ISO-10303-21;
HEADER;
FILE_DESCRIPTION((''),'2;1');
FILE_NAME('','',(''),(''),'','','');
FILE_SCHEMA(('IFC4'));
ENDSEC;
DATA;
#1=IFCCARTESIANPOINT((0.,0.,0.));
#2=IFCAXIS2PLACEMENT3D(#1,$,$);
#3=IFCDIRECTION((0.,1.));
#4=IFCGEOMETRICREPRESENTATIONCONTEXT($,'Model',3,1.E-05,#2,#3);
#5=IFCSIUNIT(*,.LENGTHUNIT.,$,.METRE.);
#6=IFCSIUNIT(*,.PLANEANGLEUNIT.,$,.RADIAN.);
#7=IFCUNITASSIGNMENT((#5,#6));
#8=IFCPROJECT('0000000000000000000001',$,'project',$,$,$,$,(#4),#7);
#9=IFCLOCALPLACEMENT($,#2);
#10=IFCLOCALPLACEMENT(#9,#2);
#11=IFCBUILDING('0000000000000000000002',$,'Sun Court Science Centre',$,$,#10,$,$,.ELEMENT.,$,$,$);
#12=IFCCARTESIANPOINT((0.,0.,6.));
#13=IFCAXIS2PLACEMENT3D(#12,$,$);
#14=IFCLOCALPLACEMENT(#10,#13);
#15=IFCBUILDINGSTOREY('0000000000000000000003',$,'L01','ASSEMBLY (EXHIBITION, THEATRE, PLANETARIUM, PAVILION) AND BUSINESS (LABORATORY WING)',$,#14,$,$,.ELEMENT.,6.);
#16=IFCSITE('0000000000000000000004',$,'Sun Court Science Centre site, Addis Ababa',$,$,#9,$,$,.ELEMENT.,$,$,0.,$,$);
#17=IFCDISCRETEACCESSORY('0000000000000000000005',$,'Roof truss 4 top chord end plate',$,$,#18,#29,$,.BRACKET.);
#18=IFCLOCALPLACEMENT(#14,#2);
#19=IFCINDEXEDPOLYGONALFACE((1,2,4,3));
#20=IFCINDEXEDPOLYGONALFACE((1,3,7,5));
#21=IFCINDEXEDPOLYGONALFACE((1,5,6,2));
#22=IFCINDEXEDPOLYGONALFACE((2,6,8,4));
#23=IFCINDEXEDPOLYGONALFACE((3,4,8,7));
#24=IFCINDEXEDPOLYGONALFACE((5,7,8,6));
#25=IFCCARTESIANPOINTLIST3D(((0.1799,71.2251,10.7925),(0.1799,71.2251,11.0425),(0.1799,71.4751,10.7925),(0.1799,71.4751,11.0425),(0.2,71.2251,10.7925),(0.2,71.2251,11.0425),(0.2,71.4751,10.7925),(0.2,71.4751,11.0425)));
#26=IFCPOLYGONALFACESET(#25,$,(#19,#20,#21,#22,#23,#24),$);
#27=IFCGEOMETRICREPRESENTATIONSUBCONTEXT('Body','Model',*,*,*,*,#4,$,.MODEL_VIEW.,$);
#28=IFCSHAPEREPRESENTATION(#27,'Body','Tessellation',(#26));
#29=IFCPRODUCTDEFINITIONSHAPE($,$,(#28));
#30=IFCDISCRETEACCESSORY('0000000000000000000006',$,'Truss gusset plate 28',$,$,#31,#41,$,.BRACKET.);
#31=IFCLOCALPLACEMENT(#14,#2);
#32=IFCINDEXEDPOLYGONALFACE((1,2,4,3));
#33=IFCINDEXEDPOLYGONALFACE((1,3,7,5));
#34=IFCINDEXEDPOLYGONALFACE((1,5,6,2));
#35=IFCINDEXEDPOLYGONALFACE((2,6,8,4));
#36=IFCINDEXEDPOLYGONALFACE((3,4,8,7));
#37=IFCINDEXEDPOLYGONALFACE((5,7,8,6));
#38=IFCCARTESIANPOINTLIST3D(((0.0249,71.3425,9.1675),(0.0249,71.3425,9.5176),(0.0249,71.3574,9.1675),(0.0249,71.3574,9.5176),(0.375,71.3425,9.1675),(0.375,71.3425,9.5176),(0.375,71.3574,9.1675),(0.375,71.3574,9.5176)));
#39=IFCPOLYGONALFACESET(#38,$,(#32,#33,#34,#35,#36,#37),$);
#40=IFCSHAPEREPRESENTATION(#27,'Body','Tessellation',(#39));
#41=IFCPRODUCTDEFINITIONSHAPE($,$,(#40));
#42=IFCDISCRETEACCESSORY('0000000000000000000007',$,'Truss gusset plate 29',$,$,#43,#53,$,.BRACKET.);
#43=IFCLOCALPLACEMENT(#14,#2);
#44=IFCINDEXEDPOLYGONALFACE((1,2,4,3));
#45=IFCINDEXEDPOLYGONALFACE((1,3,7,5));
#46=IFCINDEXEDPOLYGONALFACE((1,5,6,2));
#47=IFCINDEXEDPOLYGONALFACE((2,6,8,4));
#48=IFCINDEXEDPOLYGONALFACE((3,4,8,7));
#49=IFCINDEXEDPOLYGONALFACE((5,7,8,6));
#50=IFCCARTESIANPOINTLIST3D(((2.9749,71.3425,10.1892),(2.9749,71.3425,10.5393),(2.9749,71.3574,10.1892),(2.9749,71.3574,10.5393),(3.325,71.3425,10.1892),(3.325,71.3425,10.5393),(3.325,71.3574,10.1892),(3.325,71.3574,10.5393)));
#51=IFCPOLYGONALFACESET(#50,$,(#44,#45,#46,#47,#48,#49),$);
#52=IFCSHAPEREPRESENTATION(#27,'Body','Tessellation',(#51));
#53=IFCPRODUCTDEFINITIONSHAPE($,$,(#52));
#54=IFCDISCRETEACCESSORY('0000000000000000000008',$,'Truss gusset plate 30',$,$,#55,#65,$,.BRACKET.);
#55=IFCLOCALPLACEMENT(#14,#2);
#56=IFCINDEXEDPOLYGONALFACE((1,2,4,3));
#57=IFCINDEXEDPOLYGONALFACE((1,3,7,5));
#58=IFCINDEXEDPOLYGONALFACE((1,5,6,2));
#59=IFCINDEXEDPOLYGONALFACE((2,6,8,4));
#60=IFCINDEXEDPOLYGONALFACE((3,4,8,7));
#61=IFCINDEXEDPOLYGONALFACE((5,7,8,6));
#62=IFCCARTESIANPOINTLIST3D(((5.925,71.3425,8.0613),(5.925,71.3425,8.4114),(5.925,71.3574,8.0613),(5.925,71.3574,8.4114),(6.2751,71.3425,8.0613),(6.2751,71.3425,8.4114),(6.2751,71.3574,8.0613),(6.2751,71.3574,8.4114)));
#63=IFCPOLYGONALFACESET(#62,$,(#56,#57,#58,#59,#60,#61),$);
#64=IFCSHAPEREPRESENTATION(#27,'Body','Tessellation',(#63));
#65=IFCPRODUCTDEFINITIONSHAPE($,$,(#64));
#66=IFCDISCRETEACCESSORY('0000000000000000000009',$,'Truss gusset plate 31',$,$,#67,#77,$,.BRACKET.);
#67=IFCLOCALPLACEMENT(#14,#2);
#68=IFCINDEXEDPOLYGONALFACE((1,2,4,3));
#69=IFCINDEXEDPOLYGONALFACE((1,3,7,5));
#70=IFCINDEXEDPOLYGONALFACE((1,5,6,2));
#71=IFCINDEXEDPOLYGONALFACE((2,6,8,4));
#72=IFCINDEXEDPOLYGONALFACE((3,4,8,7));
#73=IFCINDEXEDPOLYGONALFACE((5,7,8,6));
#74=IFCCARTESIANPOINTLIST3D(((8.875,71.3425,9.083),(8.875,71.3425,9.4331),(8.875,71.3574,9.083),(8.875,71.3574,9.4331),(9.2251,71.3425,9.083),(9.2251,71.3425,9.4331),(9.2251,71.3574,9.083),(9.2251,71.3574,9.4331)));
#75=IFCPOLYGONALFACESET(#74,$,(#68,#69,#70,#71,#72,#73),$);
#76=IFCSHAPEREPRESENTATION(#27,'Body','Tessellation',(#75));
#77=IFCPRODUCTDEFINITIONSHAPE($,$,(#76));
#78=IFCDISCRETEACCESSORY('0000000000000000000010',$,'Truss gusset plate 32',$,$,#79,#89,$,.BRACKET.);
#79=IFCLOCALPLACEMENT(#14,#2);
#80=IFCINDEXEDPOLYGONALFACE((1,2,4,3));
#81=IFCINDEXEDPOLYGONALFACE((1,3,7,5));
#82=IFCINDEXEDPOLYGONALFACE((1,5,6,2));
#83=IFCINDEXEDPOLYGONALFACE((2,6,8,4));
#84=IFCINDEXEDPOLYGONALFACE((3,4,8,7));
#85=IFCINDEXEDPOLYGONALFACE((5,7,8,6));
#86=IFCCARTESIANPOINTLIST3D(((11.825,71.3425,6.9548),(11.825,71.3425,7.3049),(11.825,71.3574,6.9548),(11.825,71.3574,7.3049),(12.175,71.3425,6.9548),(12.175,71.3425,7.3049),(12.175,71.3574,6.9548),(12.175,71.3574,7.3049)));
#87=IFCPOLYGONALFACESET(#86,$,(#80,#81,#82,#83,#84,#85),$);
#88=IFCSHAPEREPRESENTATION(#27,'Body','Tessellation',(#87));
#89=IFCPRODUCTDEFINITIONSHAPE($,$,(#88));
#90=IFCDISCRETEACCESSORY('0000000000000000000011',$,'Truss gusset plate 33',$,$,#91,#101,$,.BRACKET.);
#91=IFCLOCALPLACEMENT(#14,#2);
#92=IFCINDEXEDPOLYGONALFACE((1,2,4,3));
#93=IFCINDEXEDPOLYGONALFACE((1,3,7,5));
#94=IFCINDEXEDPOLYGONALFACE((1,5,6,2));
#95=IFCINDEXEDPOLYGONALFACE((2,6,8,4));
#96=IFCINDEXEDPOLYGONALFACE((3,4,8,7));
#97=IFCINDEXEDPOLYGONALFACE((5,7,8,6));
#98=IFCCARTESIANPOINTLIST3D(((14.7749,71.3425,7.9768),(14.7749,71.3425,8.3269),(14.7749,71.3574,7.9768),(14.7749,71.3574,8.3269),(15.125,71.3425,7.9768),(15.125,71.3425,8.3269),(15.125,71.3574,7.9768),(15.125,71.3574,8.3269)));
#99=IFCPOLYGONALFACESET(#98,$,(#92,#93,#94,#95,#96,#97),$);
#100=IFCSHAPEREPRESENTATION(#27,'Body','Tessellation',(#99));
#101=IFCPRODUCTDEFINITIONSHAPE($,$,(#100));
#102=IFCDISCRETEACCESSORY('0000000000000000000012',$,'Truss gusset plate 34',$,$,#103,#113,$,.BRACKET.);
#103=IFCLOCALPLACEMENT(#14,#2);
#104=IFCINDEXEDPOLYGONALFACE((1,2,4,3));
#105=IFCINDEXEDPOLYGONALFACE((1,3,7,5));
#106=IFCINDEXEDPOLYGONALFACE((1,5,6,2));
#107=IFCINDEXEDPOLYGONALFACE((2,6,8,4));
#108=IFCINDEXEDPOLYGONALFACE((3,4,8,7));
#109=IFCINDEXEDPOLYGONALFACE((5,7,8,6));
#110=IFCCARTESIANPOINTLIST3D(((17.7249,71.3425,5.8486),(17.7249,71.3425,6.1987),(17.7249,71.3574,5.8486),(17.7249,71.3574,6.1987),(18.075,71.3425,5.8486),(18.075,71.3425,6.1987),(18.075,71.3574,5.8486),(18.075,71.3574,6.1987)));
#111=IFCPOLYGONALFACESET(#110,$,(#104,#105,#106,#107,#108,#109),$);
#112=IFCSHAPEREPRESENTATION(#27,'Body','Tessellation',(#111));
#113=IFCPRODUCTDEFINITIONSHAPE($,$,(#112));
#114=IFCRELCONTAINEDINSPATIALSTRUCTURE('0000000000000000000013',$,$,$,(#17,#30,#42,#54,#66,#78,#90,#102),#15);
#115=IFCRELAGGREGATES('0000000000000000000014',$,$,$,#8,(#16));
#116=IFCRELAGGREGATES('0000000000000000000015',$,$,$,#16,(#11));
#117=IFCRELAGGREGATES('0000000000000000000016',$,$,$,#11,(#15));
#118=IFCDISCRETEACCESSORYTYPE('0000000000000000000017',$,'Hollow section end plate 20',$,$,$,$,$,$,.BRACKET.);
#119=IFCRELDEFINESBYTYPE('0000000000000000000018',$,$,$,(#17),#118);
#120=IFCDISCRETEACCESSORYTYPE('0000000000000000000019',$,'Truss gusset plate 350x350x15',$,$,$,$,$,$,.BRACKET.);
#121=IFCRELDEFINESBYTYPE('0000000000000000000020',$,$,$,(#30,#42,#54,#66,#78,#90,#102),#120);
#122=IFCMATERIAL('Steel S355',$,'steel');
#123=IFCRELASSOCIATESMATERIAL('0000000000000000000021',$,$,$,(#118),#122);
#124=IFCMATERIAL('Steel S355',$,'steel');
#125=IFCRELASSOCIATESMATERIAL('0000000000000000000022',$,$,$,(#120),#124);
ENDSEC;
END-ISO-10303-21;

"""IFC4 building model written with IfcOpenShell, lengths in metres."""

from ifc_helpers import new_model, si_unit, direction, frame, origin, origin_2d, place, context, subcontext, project, spatial, rectangle, extrude, material, material_profile, profile_set, type_object, element, save


model = new_model("IFC4")

# Units and contexts
model_context = context("Model", 3, precision=1e-05, world=origin(), true_north=direction((0.0, 1.0)))
body_context = subcontext(model_context, "Body", "Model", "MODEL_VIEW")
ifc_project = project(units=[si_unit("LENGTHUNIT", "METRE"), si_unit("PLANEANGLEUNIT", "RADIAN")], contexts=[model_context])

# Site, building, storey
site_placement = place(None, origin())
site = spatial("IfcSite", under=ifc_project, at=site_placement, Name="Sun Court Science Centre site, Addis Ababa", CompositionType="ELEMENT", RefElevation=0.0)
building_placement = place(site_placement, origin())
building = spatial("IfcBuilding", under=site, at=building_placement, Name="Sun Court Science Centre", CompositionType="ELEMENT")
storey_placement = place(building_placement, frame((0.0, 0.0, 6.0)))
storey = spatial("IfcBuildingStorey", under=building, at=storey_placement, Name="L01", Description="ASSEMBLY (EXHIBITION, THEATRE, PLANETARIUM, PAVILION) AND BUSINESS (LABORATORY WING)", CompositionType="ELEMENT", Elevation=6.0)

# Discrete accessories
ifc_material_1 = material(Name="Steel S355", Category="steel")
discrete_accessory_type_1 = type_object("IfcDiscreteAccessoryType", Name="Hollow section end plate 20", PredefinedType="BRACKET", material=ifc_material_1)
discrete_accessory_placement = place(storey_placement, frame((0.1899, 71.3501, 10.7925), z_axis=(0.0, 0.0, 1.0), x_axis=(1.0, 0.0, 0.0)))
element("IfcDiscreteAccessory", 1, at=discrete_accessory_placement, inside=storey, type_object=discrete_accessory_type_1, Name="Roof truss 4 top chord end plate", PredefinedType="BRACKET", context=body_context, shape_type="SweptSolid", body=[
    extrude(rectangle(XDim=0.02, YDim=0.25, at=origin_2d()), origin(), (0.0, 0.0, 1.0), 0.25),
])
ifc_material_2 = material(Name="Steel S355", Category="steel")
ifc_material_profile_1 = material_profile(ifc_material_2, rectangle(XDim=0.3501, YDim=0.3501, at=origin_2d()), Name="PL 350x350")
ifc_profile_set_1 = profile_set([ifc_material_profile_1], Name="Steel S355")
discrete_accessory_type_2 = type_object("IfcDiscreteAccessoryType", Name="Truss gusset plate 350x350x15", PredefinedType="BRACKET", material=ifc_profile_set_1)
for number, where, z_axis, x_axis, name in (
    (2, (0.2, 71.3425, 9.3425), (0.0, 1.0, 0.0), (-1.0, 0.0, 0.0), "Truss gusset plate 28"),
    (3, (3.1499, 71.3425, 10.3643), (0.0, 1.0, 0.0), (-1.0, 0.0, 0.0), "Truss gusset plate 29"),
    (4, (6.1001, 71.3425, 8.2363), (0.0, 1.0, 0.0), (-1.0, 0.0, 0.0), "Truss gusset plate 30"),
    (5, (9.05, 71.3425, 9.2581), (0.0, 1.0, 0.0), (-1.0, 0.0, 0.0), "Truss gusset plate 31"),
    (6, (12.0, 71.3425, 7.1299), (0.0, 1.0, 0.0), (-1.0, 0.0, 0.0), "Truss gusset plate 32"),
    (7, (14.95, 71.3425, 8.1519), (0.0, 1.0, 0.0), (-1.0, 0.0, 0.0), "Truss gusset plate 33"),
    (8, (17.8999, 71.3425, 6.0237), (0.0, 1.0, 0.0), (-1.0, 0.0, 0.0), "Truss gusset plate 34"),
):
    element("IfcDiscreteAccessory", number, at=place(storey_placement, frame(where, z_axis=z_axis, x_axis=x_axis)), inside=storey, type_object=discrete_accessory_type_2, Name=name, PredefinedType="BRACKET", context=body_context, shape_type="SweptSolid", body=[
        extrude(rectangle(XDim=0.3501, YDim=0.3501, at=origin_2d()), origin(), (0.0, 0.0, 1.0), 0.0149),
    ])

save(model, "model.ifc")
